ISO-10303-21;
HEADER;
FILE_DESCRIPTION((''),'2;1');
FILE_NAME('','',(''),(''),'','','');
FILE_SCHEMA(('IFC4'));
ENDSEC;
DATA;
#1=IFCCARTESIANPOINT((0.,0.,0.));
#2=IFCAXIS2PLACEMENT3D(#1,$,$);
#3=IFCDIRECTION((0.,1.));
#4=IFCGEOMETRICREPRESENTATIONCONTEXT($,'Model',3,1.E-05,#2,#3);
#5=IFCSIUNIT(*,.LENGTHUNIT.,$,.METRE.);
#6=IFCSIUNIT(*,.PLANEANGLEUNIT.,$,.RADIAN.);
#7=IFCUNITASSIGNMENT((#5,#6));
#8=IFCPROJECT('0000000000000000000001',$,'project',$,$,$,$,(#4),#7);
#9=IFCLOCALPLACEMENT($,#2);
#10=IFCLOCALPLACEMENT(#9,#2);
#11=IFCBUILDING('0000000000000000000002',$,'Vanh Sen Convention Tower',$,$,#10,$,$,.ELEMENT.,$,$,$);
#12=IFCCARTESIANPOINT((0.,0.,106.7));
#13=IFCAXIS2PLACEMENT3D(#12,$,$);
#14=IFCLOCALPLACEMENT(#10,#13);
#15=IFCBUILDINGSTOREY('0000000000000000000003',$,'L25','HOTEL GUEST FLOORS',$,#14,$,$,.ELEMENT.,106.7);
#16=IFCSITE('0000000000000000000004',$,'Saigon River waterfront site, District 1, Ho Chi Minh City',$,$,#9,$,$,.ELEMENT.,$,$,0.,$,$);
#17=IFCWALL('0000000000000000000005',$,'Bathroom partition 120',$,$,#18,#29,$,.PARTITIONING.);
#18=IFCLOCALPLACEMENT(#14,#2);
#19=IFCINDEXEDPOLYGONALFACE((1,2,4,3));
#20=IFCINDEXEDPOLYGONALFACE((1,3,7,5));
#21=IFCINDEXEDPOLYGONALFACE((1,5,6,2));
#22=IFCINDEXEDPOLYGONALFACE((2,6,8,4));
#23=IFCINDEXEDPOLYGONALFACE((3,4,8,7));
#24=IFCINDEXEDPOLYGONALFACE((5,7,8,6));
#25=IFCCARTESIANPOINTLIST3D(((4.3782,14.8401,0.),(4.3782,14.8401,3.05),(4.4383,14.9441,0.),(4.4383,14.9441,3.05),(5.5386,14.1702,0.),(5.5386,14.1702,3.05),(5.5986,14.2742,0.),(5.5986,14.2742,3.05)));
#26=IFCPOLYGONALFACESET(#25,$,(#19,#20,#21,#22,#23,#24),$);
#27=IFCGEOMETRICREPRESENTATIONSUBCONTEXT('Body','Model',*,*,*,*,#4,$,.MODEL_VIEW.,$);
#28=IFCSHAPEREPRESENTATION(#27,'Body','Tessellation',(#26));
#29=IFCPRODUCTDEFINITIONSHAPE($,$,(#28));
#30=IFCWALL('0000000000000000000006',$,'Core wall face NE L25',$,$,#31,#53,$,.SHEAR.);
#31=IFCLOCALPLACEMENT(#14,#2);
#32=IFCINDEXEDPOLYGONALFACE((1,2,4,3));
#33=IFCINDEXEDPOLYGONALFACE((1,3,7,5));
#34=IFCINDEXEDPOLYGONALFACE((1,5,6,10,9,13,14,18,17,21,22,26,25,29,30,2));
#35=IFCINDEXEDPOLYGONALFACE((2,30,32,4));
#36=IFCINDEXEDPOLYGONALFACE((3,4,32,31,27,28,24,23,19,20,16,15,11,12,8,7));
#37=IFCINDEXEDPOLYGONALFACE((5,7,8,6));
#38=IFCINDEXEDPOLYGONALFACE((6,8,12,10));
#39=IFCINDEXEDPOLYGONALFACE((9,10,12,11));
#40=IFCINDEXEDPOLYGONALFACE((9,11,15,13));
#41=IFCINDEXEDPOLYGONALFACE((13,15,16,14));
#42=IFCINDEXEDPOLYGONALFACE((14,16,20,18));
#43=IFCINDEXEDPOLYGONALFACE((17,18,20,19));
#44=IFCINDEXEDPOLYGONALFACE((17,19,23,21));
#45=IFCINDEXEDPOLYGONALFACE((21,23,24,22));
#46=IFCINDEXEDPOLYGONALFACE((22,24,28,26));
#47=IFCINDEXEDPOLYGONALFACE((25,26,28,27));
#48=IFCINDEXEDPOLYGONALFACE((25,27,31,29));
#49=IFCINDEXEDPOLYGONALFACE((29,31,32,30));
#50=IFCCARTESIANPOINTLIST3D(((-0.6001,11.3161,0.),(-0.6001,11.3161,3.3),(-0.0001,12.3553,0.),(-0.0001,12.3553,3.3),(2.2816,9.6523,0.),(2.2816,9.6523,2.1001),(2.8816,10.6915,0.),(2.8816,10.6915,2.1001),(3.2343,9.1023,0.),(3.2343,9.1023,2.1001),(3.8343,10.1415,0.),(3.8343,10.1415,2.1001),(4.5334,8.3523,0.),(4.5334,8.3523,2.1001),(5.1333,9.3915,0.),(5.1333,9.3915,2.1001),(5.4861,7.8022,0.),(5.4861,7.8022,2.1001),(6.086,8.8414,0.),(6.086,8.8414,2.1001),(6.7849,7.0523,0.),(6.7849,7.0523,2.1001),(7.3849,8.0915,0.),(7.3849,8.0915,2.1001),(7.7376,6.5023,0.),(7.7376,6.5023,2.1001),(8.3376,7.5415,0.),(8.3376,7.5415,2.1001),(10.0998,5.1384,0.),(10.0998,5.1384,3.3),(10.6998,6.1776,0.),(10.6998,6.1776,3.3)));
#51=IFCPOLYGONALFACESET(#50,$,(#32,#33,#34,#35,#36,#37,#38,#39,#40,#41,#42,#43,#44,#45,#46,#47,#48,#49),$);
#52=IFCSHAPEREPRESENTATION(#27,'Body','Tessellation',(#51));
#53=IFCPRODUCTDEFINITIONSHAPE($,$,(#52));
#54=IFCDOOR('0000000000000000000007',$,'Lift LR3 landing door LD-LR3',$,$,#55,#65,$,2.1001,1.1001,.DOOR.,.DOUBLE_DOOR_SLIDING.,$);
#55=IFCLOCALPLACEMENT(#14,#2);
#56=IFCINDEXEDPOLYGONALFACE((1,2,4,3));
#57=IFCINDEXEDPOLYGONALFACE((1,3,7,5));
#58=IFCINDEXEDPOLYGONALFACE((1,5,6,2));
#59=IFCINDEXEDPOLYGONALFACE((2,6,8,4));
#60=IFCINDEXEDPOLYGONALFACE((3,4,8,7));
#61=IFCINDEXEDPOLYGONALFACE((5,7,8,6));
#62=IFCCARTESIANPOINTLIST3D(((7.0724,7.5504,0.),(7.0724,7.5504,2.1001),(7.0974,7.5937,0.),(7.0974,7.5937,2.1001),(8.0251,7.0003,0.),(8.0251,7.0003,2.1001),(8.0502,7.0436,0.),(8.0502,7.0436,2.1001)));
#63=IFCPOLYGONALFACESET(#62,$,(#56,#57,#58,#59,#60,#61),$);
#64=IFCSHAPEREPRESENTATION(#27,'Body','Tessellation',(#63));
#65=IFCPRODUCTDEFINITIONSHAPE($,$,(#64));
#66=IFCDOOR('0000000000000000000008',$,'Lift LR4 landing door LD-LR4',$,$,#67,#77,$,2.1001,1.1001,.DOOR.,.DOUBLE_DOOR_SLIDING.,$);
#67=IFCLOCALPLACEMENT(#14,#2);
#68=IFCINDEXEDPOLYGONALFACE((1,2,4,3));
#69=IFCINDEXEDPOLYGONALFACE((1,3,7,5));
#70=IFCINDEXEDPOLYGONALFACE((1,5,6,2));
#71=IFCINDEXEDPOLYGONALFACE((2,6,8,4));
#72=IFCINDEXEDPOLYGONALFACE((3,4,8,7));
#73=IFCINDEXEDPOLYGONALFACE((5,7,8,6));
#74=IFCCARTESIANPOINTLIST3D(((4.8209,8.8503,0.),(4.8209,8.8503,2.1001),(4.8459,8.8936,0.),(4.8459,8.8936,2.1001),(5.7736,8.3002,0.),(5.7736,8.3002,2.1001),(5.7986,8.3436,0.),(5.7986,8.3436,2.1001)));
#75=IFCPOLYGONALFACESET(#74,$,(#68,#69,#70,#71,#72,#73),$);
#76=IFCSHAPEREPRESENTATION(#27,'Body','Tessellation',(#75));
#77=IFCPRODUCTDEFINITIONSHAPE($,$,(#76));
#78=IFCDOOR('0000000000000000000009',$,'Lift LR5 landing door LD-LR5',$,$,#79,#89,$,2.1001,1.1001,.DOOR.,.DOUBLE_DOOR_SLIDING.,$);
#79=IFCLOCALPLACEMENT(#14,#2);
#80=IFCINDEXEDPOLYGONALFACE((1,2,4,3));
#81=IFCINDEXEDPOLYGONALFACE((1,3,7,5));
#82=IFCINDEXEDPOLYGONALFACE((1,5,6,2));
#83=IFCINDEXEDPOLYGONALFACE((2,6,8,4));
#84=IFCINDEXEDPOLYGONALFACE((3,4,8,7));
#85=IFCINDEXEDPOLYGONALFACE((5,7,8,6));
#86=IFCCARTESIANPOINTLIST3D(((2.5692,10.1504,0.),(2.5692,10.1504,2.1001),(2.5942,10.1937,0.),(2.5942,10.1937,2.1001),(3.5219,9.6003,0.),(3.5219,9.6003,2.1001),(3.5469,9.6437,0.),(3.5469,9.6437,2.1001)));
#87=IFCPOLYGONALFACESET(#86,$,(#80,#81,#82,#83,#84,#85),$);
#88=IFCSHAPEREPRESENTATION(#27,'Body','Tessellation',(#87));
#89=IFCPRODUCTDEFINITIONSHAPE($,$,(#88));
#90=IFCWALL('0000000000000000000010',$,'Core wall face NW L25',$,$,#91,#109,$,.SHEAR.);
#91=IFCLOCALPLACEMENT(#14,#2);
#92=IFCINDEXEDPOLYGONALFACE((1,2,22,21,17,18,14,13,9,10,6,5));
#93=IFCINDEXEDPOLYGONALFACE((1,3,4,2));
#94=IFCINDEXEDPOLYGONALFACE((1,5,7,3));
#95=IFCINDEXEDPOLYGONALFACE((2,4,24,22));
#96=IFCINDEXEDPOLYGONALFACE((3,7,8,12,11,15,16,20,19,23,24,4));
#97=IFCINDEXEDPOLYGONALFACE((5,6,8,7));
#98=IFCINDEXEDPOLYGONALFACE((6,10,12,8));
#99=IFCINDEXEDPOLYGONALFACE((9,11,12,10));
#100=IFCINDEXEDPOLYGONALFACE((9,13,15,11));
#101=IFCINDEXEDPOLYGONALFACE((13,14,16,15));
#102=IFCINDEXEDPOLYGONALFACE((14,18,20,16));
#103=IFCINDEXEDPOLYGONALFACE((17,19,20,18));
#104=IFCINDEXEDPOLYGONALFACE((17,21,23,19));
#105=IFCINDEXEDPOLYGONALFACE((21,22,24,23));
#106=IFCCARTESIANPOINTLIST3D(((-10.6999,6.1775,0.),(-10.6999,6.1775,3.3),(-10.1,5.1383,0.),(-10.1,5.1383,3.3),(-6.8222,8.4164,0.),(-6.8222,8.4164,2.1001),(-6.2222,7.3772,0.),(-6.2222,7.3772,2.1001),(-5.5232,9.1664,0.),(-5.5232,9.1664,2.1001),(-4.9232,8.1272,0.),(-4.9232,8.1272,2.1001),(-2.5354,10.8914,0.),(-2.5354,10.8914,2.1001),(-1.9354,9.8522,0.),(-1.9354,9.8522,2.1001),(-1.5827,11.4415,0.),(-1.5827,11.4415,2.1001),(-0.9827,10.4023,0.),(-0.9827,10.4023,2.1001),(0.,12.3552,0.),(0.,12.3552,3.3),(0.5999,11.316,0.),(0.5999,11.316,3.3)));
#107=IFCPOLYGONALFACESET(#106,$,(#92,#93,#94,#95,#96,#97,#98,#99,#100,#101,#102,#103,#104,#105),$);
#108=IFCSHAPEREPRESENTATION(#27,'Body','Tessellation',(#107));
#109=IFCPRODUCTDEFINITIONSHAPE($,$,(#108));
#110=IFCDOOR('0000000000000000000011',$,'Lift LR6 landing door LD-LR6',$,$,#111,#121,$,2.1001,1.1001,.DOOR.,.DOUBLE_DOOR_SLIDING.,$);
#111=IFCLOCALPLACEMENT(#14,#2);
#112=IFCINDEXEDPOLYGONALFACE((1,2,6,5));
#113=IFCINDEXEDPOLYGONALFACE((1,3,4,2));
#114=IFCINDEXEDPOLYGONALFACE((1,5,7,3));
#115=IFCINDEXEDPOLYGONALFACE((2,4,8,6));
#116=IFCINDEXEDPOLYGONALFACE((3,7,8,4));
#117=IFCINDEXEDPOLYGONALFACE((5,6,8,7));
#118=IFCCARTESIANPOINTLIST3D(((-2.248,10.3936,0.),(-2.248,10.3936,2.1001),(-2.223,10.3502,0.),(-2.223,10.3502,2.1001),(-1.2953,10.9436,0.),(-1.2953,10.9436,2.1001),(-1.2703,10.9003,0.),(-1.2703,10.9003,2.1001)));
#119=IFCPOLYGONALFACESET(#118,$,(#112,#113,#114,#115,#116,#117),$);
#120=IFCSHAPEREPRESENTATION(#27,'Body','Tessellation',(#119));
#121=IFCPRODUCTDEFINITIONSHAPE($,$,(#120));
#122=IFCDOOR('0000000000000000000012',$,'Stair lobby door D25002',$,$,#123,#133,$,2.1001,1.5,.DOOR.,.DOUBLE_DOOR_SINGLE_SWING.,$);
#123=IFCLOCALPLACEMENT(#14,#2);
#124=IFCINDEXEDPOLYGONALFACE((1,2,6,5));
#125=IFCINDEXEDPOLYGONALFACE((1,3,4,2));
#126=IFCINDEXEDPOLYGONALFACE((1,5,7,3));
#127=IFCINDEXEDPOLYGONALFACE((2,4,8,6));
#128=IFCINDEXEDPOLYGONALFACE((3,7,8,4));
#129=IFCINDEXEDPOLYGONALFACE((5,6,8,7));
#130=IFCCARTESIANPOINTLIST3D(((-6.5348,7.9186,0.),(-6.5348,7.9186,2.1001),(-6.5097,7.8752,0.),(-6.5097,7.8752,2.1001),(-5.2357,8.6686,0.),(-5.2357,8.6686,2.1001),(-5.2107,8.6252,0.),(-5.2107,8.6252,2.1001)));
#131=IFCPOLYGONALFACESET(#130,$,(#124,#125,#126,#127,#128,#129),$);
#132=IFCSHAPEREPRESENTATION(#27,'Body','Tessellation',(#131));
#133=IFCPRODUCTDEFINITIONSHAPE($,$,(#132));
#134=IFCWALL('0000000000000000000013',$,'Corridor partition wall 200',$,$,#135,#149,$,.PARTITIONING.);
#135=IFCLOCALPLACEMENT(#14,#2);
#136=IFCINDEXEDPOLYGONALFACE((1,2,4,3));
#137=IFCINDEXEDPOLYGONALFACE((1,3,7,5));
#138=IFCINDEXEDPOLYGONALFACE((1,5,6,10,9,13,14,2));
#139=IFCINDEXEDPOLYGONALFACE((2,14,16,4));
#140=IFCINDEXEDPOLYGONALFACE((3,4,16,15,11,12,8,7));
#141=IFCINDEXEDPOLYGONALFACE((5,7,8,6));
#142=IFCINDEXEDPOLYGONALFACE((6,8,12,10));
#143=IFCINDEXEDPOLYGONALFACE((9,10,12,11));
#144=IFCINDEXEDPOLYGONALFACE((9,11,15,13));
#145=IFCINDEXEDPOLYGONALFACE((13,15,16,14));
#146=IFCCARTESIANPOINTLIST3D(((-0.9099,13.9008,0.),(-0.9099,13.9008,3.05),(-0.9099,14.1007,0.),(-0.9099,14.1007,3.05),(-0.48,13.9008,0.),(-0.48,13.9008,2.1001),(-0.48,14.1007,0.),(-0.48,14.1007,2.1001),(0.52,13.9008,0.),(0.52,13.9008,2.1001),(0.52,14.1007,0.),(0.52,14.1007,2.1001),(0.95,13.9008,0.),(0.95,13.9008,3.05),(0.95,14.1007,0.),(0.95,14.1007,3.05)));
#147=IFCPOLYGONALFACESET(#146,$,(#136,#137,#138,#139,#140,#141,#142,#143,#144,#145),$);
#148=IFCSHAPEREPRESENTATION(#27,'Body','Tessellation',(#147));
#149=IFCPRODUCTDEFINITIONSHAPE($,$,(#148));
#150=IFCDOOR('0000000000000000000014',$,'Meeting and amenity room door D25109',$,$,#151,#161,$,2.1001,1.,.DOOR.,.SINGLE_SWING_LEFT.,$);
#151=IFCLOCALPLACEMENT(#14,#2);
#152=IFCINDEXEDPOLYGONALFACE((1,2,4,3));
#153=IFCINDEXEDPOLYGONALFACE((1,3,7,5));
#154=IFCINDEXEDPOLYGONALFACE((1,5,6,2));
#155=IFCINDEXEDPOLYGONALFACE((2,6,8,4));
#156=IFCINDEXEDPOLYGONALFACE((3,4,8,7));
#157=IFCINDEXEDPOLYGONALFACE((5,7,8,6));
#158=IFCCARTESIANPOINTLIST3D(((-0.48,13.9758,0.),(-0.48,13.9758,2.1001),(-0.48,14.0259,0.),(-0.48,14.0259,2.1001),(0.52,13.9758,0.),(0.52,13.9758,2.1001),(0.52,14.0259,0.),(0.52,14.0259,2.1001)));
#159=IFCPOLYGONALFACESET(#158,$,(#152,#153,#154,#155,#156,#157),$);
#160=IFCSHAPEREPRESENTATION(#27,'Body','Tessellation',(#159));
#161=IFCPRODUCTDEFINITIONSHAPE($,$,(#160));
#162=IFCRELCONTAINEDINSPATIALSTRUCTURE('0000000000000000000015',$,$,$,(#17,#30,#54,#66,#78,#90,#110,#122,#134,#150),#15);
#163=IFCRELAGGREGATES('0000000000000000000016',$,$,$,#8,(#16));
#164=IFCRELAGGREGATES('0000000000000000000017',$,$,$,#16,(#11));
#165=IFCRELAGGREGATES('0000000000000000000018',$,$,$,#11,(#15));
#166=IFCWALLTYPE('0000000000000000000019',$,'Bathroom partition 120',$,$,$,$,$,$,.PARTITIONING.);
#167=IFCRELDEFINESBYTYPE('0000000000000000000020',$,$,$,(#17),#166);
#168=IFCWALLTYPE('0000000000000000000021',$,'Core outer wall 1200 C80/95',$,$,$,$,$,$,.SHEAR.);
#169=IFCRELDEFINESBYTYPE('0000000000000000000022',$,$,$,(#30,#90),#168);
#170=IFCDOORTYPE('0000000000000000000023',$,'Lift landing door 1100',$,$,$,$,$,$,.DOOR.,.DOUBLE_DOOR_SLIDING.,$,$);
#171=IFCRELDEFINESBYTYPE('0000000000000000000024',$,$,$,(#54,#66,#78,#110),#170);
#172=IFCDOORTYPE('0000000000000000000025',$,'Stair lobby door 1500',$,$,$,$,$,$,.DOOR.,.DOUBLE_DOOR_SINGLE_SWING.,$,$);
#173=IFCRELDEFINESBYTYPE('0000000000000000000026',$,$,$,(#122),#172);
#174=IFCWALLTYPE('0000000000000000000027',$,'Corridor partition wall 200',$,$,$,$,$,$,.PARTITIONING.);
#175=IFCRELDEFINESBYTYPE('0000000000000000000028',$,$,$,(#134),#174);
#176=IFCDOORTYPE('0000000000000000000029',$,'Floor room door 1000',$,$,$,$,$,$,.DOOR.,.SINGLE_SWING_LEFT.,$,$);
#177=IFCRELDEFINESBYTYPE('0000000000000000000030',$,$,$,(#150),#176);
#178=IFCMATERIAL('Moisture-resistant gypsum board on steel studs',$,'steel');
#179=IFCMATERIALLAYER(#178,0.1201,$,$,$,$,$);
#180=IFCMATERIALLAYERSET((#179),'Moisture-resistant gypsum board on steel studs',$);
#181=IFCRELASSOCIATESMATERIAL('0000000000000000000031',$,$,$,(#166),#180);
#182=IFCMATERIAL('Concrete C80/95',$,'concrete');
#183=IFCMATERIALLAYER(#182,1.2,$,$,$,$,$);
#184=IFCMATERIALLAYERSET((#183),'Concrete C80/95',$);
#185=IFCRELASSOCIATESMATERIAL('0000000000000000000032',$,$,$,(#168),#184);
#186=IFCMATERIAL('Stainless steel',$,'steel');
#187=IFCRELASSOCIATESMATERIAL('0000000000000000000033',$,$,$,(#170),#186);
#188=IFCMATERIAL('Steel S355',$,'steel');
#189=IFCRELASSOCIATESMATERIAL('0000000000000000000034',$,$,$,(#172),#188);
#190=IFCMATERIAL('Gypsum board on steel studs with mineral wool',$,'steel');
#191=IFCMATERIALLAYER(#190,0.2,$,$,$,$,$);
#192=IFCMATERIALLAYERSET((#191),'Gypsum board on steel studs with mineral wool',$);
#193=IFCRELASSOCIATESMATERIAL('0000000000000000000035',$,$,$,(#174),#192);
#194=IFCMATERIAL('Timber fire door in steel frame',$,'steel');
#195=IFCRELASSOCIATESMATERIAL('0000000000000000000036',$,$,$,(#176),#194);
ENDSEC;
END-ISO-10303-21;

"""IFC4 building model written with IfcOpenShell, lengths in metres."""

from ifc_helpers import new_model, si_unit, direction, frame, frame_2d, origin, place, context, subcontext, project, spatial, rectangle, extrude, material, layer, layer_set, type_object, element, fill, save


model = new_model("IFC4")

# Units and contexts
model_context = context("Model", 3, precision=1e-05, world=origin(), true_north=direction((0.0, 1.0)))
body_context = subcontext(model_context, "Body", "Model", "MODEL_VIEW")
ifc_project = project(units=[si_unit("LENGTHUNIT", "METRE"), si_unit("PLANEANGLEUNIT", "RADIAN")], contexts=[model_context])

# Site, building, storey
site_placement = place(None, origin())
site = spatial("IfcSite", under=ifc_project, at=site_placement, Name="Saigon River waterfront site, District 1, Ho Chi Minh City", CompositionType="ELEMENT", RefElevation=0.0)
building_placement = place(site_placement, origin())
building = spatial("IfcBuilding", under=site, at=building_placement, Name="Vanh Sen Convention Tower", CompositionType="ELEMENT")
storey_placement = place(building_placement, frame((0.0, 0.0, 106.7)))
storey = spatial("IfcBuildingStorey", under=building, at=storey_placement, Name="L25", Description="HOTEL GUEST FLOORS", CompositionType="ELEMENT", Elevation=106.7)

# Wall
ifc_material_1 = material(Name="Moisture-resistant gypsum board on steel studs", Category="steel")
ifc_layer_1 = layer(ifc_material_1, 0.1201)
ifc_layer_set_1 = layer_set([ifc_layer_1], Name="Moisture-resistant gypsum board on steel studs")
wall_type_1 = type_object("IfcWallType", Name="Bathroom partition 120", PredefinedType="PARTITIONING", material=ifc_layer_set_1)
wall_1_placement = place(storey_placement, frame((5.5686, 14.2222, 0.0), z_axis=(0.0, 0.0, 1.0), x_axis=(-0.866037, 0.49998, 0.0)))
element("IfcWall", 1, at=wall_1_placement, inside=storey, type_object=wall_type_1, Name="Bathroom partition 120", PredefinedType="PARTITIONING", context=body_context, shape_type="SweptSolid", body=[
    extrude(rectangle(XDim=1.3398, YDim=0.1201, at=frame_2d((0.6699, 0.0))), origin(), (0.0, 0.0, 1.0), 3.05),
])

# Walls, openings, doors
ifc_material_2 = material(Name="Concrete C80/95", Category="concrete")
ifc_layer_2 = layer(ifc_material_2, 1.2)
ifc_layer_set_2 = layer_set([ifc_layer_2], Name="Concrete C80/95")
wall_type_2 = type_object("IfcWallType", Name="Core outer wall 1200 C80/95", PredefinedType="SHEAR", material=ifc_layer_set_2)
wall_2_placement = place(storey_placement, frame((10.3999, 5.658, 0.0), z_axis=(0.0, 0.0, 1.0), x_axis=(-0.866021, 0.500007, 0.0)))
wall_2 = element("IfcWall", 2, at=wall_2_placement, inside=storey, type_object=wall_type_2, Name="Core wall face NE L25", PredefinedType="SHEAR", context=body_context, shape_type="SweptSolid", body=[
    extrude(rectangle(XDim=12.3552, YDim=1.2, at=frame_2d((6.1777, 0.0))), origin(), (0.0, 0.0, 1.0), 3.3),
])
opening_1_placement = place(wall_2_placement, frame((2.7278, 0.0, 0.0)))
opening_1 = element("IfcOpeningElement", 3, at=opening_1_placement, cuts=wall_2, PredefinedType="OPENING", context=body_context, shape_type="SweptSolid", body=[
    extrude(rectangle(XDim=1.1001, YDim=2.1001, at=frame_2d((0.55, 1.05))), frame((0.0, 0.6099, 0.0), z_axis=(0.0, -1.0, 0.0), x_axis=(1.0, 0.0, 0.0)), (0.0, 0.0, 1.0), 1.22),
])
opening_2_placement = place(wall_2_placement, frame((5.3276, 0.0, 0.0)))
opening_2 = element("IfcOpeningElement", 4, at=opening_2_placement, cuts=wall_2, PredefinedType="OPENING", context=body_context, shape_type="SweptSolid", body=[
    extrude(rectangle(XDim=1.1001, YDim=2.1001, at=frame_2d((0.55, 1.05))), frame((0.0, 0.6099, 0.0), z_axis=(0.0, -1.0, 0.0), x_axis=(1.0, 0.0, 0.0)), (0.0, 0.0, 1.0), 1.22),
])
opening_3_placement = place(wall_2_placement, frame((7.9277, 0.0, 0.0)))
opening_3 = element("IfcOpeningElement", 5, at=opening_3_placement, cuts=wall_2, PredefinedType="OPENING", context=body_context, shape_type="SweptSolid", body=[
    extrude(rectangle(XDim=1.1001, YDim=2.1001, at=frame_2d((0.55, 1.05))), frame((0.0, 0.6099, 0.0), z_axis=(0.0, -1.0, 0.0), x_axis=(1.0, 0.0, 0.0)), (0.0, 0.0, 1.0), 1.22),
])
ifc_material_3 = material(Name="Stainless steel", Category="steel")
door_type_1 = type_object("IfcDoorType", Name="Lift landing door 1100", OperationType="DOUBLE_DOOR_SLIDING", PredefinedType="DOOR", material=ifc_material_3)
door_1_placement = place(opening_1_placement, origin())
door_1 = element("IfcDoor", 6, at=door_1_placement, inside=storey, type_object=door_type_1, Name="Lift LR3 landing door LD-LR3", OperationType="DOUBLE_DOOR_SLIDING", OverallHeight=2.1001, OverallWidth=1.1001, PredefinedType="DOOR", context=body_context, shape_type="SweptSolid", body=[
    extrude(rectangle(XDim=1.1001, YDim=2.1001, at=frame_2d((0.55, 1.05))), frame((0.0, 0.0249, 0.0), z_axis=(0.0, -1.0, 0.0), x_axis=(1.0, 0.0, 0.0)), (0.0, 0.0, 1.0), 0.05),
])
fill(opening_1, door_1)
door_2_placement = place(opening_2_placement, origin())
door_2 = element("IfcDoor", 7, at=door_2_placement, inside=storey, type_object=door_type_1, Name="Lift LR4 landing door LD-LR4", OperationType="DOUBLE_DOOR_SLIDING", OverallHeight=2.1001, OverallWidth=1.1001, PredefinedType="DOOR", context=body_context, shape_type="SweptSolid", body=[
    extrude(rectangle(XDim=1.1001, YDim=2.1001, at=frame_2d((0.55, 1.05))), frame((0.0, 0.0249, 0.0), z_axis=(0.0, -1.0, 0.0), x_axis=(1.0, 0.0, 0.0)), (0.0, 0.0, 1.0), 0.05),
])
fill(opening_2, door_2)
door_3_placement = place(opening_3_placement, origin())
door_3 = element("IfcDoor", 8, at=door_3_placement, inside=storey, type_object=door_type_1, Name="Lift LR5 landing door LD-LR5", OperationType="DOUBLE_DOOR_SLIDING", OverallHeight=2.1001, OverallWidth=1.1001, PredefinedType="DOOR", context=body_context, shape_type="SweptSolid", body=[
    extrude(rectangle(XDim=1.1001, YDim=2.1001, at=frame_2d((0.55, 1.05))), frame((0.0, 0.0249, 0.0), z_axis=(0.0, -1.0, 0.0), x_axis=(1.0, 0.0, 0.0)), (0.0, 0.0, 1.0), 0.05),
])
fill(opening_3, door_3)
wall_3_placement = place(storey_placement, frame((0.3, 11.8357, 0.0), z_axis=(0.0, 0.0, 1.0), x_axis=(-0.866021, -0.500007, 0.0)))
wall_3 = element("IfcWall", 9, at=wall_3_placement, inside=storey, type_object=wall_type_2, Name="Core wall face NW L25", PredefinedType="SHEAR", context=body_context, shape_type="SweptSolid", body=[
    extrude(rectangle(XDim=12.3552, YDim=1.2, at=frame_2d((6.1777, 0.0))), origin(), (0.0, 0.0, 1.0), 3.3),
])
opening_4_placement = place(wall_3_placement, frame((6.3777, 0.0, 0.0)))
opening_4 = element("IfcOpeningElement", 10, at=opening_4_placement, cuts=wall_3, PredefinedType="OPENING", context=body_context, shape_type="SweptSolid", body=[
    extrude(rectangle(XDim=1.5, YDim=2.1001, at=frame_2d((0.75, 1.05))), frame((0.0, 0.6099, 0.0), z_axis=(0.0, -1.0, 0.0), x_axis=(1.0, 0.0, 0.0)), (0.0, 0.0, 1.0), 1.22),
])
opening_5_placement = place(wall_3_placement, frame((1.8276, 0.0, 0.0)))
opening_5 = element("IfcOpeningElement", 11, at=opening_5_placement, cuts=wall_3, PredefinedType="OPENING", context=body_context, shape_type="SweptSolid", body=[
    extrude(rectangle(XDim=1.1001, YDim=2.1001, at=frame_2d((0.55, 1.05))), frame((0.0, 0.6099, 0.0), z_axis=(0.0, -1.0, 0.0), x_axis=(1.0, 0.0, 0.0)), (0.0, 0.0, 1.0), 1.22),
])
door_4_placement = place(opening_5_placement, origin())
door_4 = element("IfcDoor", 12, at=door_4_placement, inside=storey, type_object=door_type_1, Name="Lift LR6 landing door LD-LR6", OperationType="DOUBLE_DOOR_SLIDING", OverallHeight=2.1001, OverallWidth=1.1001, PredefinedType="DOOR", context=body_context, shape_type="SweptSolid", body=[
    extrude(rectangle(XDim=1.1001, YDim=2.1001, at=frame_2d((0.55, 1.05))), frame((0.0, 0.0249, 0.0), z_axis=(0.0, -1.0, 0.0), x_axis=(1.0, 0.0, 0.0)), (0.0, 0.0, 1.0), 0.05),
])
fill(opening_5, door_4)
ifc_material_4 = material(Name="Steel S355", Category="steel")
door_type_2 = type_object("IfcDoorType", Name="Stair lobby door 1500", OperationType="DOUBLE_DOOR_SINGLE_SWING", PredefinedType="DOOR", material=ifc_material_4)
door_5_placement = place(opening_4_placement, origin())
door_5 = element("IfcDoor", 13, at=door_5_placement, inside=storey, type_object=door_type_2, Name="Stair lobby door D25002", OperationType="DOUBLE_DOOR_SINGLE_SWING", OverallHeight=2.1001, OverallWidth=1.5, PredefinedType="DOOR", context=body_context, shape_type="SweptSolid", body=[
    extrude(rectangle(XDim=1.5, YDim=2.1001, at=frame_2d((0.75, 1.05))), frame((0.0, 0.0249, 0.0), z_axis=(0.0, -1.0, 0.0), x_axis=(1.0, 0.0, 0.0)), (0.0, 0.0, 1.0), 0.05),
])
fill(opening_4, door_5)

# Wall, opening, door
ifc_material_5 = material(Name="Gypsum board on steel studs with mineral wool", Category="steel")
ifc_layer_3 = layer(ifc_material_5, 0.2)
ifc_layer_set_3 = layer_set([ifc_layer_3], Name="Gypsum board on steel studs with mineral wool")
wall_type_3 = type_object("IfcWallType", Name="Corridor partition wall 200", PredefinedType="PARTITIONING", material=ifc_layer_set_3)
wall_4_placement = place(storey_placement, frame((0.95, 14.0007, 0.0), z_axis=(0.0, 0.0, 1.0), x_axis=(-1.0, 0.0, 0.0)))
wall_4 = element("IfcWall", 14, at=wall_4_placement, inside=storey, type_object=wall_type_3, Name="Corridor partition wall 200", PredefinedType="PARTITIONING", context=body_context, shape_type="SweptSolid", body=[
    extrude(rectangle(XDim=1.8599, YDim=0.2, at=frame_2d((0.9299, 0.0))), origin(), (0.0, 0.0, 1.0), 3.05),
])
opening_6_placement = place(wall_4_placement, frame((0.4299, 0.0, 0.0)))
opening_6 = element("IfcOpeningElement", 15, at=opening_6_placement, cuts=wall_4, PredefinedType="OPENING", context=body_context, shape_type="SweptSolid", body=[
    extrude(rectangle(XDim=1.0, YDim=2.1001, at=frame_2d((0.5, 1.05))), frame((0.0, 0.1099, 0.0), z_axis=(0.0, -1.0, 0.0), x_axis=(1.0, 0.0, 0.0)), (0.0, 0.0, 1.0), 0.22),
])
ifc_material_6 = material(Name="Timber fire door in steel frame", Category="steel")
door_type_3 = type_object("IfcDoorType", Name="Floor room door 1000", OperationType="SINGLE_SWING_LEFT", PredefinedType="DOOR", material=ifc_material_6)
door_6_placement = place(opening_6_placement, origin())
door_6 = element("IfcDoor", 16, at=door_6_placement, inside=storey, type_object=door_type_3, Name="Meeting and amenity room door D25109", OperationType="SINGLE_SWING_LEFT", OverallHeight=2.1001, OverallWidth=1.0, PredefinedType="DOOR", context=body_context, shape_type="SweptSolid", body=[
    extrude(rectangle(XDim=1.0, YDim=2.1001, at=frame_2d((0.5, 1.05))), frame((0.0, 0.0249, 0.0), z_axis=(0.0, -1.0, 0.0), x_axis=(1.0, 0.0, 0.0)), (0.0, 0.0, 1.0), 0.05),
])
fill(opening_6, door_6)

save(model, "model.ifc")
